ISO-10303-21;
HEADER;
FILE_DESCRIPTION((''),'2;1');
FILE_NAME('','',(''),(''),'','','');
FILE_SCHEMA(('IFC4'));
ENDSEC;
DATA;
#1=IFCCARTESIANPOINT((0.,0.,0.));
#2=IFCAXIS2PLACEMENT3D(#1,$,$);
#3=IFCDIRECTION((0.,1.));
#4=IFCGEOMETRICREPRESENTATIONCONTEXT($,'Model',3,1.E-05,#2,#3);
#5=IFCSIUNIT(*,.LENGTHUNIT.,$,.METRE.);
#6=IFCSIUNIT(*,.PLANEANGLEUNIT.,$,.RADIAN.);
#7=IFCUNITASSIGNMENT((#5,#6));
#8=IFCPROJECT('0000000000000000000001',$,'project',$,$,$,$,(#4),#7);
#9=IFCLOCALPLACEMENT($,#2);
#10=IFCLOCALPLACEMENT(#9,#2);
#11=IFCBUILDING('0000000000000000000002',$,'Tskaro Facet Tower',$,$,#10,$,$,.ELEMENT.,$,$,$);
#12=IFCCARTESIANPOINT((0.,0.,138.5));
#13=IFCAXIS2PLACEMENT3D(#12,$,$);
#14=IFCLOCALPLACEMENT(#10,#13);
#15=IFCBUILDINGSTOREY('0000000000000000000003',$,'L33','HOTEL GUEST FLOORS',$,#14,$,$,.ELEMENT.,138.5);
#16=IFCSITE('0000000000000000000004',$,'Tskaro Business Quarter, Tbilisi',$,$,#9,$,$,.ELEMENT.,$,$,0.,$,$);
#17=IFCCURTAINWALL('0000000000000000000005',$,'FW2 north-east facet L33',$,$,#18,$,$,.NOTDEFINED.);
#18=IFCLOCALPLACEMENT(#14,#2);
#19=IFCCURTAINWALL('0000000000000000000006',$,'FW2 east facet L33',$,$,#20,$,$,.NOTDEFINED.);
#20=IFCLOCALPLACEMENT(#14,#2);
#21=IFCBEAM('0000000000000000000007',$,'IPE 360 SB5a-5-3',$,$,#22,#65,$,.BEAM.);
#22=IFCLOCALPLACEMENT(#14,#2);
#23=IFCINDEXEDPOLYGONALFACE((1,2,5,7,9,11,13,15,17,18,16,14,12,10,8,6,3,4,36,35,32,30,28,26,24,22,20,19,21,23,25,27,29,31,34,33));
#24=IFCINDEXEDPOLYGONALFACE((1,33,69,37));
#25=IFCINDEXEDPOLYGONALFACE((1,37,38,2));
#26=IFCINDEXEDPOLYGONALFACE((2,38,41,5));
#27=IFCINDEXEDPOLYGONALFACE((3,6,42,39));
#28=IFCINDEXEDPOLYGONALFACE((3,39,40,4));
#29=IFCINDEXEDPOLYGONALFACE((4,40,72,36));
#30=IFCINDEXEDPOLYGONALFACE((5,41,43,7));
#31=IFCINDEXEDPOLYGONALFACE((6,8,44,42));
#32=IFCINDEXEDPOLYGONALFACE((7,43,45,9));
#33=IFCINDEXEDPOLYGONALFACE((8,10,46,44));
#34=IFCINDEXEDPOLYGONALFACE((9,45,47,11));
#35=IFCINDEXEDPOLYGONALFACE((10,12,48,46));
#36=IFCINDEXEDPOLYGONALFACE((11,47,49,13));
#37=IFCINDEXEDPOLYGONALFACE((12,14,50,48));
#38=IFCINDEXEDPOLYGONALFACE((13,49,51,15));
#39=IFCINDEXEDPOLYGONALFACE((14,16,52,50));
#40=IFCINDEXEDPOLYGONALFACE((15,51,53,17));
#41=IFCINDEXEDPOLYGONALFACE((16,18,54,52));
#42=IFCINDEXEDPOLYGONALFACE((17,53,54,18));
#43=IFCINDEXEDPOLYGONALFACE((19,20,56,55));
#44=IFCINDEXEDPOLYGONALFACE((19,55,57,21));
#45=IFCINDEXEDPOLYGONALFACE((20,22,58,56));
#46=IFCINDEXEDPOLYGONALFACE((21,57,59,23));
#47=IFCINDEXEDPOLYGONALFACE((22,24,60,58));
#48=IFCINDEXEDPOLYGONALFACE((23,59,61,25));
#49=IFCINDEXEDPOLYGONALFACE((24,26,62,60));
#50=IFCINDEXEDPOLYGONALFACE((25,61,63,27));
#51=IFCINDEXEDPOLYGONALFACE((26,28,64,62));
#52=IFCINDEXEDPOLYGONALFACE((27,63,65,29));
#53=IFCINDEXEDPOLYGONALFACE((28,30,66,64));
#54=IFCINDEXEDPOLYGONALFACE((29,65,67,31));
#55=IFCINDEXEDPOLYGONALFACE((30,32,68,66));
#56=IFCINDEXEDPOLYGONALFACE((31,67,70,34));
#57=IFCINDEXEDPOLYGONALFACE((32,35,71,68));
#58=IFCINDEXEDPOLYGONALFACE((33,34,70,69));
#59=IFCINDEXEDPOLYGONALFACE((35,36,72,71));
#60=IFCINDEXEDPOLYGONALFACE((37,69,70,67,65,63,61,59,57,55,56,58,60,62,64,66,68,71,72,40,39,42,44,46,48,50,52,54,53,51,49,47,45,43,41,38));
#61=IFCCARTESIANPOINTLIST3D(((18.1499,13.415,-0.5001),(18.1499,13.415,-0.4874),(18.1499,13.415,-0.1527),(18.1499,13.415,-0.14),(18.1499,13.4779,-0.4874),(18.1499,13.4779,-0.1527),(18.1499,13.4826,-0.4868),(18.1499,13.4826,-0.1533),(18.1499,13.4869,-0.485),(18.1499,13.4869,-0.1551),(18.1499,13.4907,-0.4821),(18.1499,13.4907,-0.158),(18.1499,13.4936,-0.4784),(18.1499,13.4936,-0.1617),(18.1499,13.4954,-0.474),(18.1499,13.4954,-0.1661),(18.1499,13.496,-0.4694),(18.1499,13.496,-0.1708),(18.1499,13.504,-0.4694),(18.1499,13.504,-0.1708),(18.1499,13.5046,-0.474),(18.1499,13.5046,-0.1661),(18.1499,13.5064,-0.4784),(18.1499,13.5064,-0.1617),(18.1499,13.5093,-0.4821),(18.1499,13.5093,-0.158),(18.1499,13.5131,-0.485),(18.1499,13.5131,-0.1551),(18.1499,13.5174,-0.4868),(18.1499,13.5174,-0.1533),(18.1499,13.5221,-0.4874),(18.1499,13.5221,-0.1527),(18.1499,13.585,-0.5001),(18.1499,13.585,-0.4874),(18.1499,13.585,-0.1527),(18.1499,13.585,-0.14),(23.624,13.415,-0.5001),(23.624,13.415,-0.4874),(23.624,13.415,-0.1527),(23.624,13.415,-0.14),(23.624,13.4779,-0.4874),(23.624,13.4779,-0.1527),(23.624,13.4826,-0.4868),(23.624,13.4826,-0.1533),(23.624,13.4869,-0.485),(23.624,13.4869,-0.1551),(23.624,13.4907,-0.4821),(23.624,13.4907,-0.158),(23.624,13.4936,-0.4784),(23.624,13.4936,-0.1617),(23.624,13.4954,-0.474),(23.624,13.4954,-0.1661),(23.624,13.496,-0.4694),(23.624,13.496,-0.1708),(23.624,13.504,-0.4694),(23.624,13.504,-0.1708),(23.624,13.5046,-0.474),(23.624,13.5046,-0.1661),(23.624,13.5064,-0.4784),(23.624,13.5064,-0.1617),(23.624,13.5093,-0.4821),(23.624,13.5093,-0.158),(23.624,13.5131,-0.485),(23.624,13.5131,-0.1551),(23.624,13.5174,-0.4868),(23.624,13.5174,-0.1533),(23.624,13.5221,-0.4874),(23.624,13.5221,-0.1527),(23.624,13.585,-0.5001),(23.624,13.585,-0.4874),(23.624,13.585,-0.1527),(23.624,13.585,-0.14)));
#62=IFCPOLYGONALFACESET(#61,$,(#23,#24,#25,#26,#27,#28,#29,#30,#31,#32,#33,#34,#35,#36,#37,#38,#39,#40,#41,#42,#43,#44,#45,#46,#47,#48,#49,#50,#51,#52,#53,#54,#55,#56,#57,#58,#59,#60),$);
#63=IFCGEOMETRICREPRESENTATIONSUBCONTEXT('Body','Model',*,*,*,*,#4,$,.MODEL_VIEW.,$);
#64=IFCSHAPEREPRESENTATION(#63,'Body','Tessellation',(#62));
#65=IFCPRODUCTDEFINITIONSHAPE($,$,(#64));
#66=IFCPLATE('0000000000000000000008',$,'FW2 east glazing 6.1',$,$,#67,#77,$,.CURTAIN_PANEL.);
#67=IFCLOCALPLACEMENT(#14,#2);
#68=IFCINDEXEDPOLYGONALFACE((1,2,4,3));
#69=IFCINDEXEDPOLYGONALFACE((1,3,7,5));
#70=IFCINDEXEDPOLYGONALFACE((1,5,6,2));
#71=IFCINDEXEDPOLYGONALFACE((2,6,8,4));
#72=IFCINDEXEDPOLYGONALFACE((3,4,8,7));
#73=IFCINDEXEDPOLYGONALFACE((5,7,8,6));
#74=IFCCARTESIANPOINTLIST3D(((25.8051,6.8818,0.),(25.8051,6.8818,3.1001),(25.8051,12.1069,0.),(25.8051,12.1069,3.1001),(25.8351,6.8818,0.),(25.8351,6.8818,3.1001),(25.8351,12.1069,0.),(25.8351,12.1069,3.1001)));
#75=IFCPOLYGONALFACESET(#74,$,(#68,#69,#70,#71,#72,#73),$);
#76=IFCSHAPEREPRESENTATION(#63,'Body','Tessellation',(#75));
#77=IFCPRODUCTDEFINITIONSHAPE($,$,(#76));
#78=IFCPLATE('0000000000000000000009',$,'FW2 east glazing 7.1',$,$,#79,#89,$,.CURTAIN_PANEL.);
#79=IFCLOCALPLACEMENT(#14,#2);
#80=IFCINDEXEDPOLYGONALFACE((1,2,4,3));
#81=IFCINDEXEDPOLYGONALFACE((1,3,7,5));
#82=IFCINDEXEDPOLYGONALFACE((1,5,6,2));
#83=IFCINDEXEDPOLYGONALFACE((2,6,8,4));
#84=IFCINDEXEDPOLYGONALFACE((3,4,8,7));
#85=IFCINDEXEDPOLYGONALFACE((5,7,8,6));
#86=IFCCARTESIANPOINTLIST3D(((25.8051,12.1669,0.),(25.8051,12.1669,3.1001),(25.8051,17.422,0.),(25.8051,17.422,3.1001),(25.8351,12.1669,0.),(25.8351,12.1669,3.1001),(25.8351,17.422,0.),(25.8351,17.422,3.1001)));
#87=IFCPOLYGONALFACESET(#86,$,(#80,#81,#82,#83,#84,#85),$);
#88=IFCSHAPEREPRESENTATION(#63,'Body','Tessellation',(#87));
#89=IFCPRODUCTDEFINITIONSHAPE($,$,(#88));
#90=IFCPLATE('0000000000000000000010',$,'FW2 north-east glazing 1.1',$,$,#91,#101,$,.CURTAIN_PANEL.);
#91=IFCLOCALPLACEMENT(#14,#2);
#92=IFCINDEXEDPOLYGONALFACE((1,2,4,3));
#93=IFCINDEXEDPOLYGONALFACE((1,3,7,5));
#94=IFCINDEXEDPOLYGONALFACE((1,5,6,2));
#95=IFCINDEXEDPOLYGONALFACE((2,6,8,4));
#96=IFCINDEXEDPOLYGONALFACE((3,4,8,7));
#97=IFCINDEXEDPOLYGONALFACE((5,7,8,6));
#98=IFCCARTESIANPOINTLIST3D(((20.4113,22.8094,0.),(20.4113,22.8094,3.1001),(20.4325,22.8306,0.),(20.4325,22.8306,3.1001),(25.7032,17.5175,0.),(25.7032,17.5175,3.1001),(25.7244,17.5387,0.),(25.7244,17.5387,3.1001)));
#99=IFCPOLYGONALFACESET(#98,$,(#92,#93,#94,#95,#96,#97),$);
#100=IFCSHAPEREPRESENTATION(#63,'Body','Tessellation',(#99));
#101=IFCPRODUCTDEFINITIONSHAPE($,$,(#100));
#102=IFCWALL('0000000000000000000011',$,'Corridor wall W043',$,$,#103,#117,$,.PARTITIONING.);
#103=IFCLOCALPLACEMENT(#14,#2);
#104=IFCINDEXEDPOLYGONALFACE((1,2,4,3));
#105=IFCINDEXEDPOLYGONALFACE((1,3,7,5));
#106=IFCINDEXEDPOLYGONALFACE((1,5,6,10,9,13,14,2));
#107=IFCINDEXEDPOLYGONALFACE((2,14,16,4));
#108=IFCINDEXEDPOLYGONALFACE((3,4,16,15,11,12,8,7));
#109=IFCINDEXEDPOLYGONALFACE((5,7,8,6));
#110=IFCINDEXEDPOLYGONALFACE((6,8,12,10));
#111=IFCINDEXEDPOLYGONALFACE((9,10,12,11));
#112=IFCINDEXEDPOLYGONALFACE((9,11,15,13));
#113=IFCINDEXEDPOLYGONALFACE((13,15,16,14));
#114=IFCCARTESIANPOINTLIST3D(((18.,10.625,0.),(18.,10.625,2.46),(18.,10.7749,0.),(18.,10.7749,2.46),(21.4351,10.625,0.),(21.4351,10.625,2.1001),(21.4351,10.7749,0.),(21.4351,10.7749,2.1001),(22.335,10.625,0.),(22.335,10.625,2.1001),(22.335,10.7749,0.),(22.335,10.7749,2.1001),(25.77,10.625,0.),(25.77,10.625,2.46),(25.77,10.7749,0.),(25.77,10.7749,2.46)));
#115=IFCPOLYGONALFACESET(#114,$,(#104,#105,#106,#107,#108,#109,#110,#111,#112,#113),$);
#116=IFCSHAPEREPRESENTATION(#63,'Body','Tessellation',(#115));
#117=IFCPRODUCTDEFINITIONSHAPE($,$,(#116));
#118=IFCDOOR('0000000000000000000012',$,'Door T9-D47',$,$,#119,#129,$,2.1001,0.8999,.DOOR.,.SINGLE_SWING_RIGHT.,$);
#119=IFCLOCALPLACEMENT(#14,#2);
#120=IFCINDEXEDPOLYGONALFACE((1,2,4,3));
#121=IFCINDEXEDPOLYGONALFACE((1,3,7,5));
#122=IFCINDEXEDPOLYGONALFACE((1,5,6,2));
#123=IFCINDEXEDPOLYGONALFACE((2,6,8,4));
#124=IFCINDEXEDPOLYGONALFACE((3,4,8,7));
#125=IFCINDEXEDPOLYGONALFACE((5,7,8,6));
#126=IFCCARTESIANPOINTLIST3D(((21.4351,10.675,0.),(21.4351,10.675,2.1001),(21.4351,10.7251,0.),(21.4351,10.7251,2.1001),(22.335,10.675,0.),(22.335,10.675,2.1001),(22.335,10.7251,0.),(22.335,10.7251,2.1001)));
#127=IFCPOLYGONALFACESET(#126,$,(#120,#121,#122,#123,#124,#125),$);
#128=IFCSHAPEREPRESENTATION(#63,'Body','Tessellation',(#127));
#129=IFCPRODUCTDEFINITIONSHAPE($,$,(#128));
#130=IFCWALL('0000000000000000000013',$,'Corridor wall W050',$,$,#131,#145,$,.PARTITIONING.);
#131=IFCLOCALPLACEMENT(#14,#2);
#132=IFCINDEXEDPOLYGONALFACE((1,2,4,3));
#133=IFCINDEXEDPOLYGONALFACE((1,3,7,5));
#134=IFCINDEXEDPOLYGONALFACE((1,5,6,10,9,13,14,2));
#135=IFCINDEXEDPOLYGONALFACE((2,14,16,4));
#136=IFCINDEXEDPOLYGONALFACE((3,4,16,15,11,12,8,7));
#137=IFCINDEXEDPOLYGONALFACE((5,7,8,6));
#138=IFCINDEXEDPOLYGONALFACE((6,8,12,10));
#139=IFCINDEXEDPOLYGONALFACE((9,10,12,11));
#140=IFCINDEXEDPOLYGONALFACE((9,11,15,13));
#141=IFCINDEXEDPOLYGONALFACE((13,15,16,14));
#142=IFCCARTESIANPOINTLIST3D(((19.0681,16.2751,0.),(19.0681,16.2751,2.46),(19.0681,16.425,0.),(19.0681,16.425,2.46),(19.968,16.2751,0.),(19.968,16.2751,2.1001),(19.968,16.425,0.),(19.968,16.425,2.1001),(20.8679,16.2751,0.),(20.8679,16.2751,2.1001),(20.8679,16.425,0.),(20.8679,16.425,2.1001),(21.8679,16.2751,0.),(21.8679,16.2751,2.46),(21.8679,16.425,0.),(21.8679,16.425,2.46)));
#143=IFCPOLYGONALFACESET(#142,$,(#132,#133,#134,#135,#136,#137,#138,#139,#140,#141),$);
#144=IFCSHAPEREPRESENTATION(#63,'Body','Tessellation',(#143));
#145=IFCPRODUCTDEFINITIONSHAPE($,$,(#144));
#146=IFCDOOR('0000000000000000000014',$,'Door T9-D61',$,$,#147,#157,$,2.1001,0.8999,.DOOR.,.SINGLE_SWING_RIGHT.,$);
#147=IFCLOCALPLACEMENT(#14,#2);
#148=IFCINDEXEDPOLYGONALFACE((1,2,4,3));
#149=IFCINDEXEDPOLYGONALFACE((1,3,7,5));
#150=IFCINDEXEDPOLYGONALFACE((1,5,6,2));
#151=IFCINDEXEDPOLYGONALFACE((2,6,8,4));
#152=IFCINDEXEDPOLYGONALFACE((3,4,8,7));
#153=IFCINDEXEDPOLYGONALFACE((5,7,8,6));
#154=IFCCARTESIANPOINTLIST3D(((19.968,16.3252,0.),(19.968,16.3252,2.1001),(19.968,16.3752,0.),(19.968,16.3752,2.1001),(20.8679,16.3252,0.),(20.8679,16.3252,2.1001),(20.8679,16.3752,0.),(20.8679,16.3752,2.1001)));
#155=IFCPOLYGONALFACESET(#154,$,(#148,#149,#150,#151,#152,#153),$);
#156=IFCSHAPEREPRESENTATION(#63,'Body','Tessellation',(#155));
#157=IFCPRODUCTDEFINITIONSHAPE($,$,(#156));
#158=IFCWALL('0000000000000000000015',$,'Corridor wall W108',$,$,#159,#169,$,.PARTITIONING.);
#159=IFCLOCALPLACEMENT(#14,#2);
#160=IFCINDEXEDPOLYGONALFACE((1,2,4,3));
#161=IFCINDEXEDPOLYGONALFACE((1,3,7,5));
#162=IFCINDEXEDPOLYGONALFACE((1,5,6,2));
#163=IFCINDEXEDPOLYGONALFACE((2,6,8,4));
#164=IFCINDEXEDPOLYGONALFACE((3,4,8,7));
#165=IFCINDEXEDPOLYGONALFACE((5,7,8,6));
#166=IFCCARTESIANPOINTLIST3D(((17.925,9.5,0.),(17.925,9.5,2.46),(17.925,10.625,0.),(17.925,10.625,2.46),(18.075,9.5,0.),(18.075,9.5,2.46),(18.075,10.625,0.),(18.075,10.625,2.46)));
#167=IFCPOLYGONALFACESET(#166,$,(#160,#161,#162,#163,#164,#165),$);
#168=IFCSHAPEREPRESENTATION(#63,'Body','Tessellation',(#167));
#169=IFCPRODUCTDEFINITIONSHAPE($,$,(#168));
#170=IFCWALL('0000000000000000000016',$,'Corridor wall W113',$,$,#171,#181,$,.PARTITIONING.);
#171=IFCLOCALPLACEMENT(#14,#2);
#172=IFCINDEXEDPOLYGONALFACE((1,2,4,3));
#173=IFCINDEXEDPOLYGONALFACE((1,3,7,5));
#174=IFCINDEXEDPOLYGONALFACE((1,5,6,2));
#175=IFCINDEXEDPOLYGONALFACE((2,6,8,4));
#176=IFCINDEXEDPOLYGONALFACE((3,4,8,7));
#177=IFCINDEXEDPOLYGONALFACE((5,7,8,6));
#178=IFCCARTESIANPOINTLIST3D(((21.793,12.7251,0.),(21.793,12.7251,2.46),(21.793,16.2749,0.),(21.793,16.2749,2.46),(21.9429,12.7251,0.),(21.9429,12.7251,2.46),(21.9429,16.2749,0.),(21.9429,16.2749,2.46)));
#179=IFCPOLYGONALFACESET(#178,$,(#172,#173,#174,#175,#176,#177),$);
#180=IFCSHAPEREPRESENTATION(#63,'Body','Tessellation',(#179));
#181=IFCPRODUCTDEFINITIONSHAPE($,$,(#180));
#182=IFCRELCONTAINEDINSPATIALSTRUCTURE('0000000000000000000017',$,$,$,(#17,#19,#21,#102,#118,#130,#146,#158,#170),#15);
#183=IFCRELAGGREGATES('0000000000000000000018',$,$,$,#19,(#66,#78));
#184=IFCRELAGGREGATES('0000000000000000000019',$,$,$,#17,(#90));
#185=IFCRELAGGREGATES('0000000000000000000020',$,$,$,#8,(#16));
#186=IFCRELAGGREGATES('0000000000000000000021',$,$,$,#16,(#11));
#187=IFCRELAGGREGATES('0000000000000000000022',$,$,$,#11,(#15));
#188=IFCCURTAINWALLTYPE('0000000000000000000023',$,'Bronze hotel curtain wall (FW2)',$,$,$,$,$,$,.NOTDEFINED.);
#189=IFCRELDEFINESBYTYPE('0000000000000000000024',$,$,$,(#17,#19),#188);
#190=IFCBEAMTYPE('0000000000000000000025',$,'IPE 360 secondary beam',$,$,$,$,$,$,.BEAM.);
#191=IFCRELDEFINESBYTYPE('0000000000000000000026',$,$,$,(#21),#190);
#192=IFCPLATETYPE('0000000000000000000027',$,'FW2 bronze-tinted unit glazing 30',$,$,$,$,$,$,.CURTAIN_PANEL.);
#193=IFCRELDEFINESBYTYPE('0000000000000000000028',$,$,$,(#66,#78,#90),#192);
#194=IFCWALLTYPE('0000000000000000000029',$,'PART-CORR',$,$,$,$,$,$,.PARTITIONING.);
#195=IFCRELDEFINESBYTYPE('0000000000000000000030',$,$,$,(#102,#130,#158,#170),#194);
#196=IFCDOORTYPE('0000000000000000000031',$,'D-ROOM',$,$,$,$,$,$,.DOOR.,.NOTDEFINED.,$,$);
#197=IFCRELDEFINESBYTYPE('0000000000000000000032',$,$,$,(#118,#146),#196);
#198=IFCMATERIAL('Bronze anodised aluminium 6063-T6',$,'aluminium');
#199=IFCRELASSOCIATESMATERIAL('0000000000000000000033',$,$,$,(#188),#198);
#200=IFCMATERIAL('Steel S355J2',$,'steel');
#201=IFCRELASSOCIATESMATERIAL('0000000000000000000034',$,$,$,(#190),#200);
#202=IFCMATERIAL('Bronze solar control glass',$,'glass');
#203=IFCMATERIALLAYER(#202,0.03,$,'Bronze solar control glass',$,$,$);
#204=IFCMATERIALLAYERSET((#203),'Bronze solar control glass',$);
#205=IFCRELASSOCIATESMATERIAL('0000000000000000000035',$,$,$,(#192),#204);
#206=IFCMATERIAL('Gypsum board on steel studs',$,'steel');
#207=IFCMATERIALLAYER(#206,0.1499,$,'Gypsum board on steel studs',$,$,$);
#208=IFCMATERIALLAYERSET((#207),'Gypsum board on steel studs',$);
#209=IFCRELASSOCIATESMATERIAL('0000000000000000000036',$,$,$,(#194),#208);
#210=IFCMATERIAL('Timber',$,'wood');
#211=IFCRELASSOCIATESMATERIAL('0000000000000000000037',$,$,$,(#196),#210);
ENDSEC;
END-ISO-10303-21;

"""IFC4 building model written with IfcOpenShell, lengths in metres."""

from ifc_helpers import new_model, si_unit, direction, frame, frame_2d, origin, origin_2d, place, context, subcontext, project, spatial, rectangle, i_section, extrude, material, layer, layer_set, material_profile, profile_set, type_object, element, fill, aggregate, save


model = new_model("IFC4")

# Units and contexts
model_context = context("Model", 3, precision=1e-05, world=origin(), true_north=direction((0.0, 1.0)))
body_context = subcontext(model_context, "Body", "Model", "MODEL_VIEW")
ifc_project = project(units=[si_unit("LENGTHUNIT", "METRE"), si_unit("PLANEANGLEUNIT", "RADIAN")], contexts=[model_context])

# Site, building, storey
site_placement = place(None, origin())
site = spatial("IfcSite", under=ifc_project, at=site_placement, Name="Tskaro Business Quarter, Tbilisi", CompositionType="ELEMENT", RefElevation=0.0)
building_placement = place(site_placement, origin())
building = spatial("IfcBuilding", under=site, at=building_placement, Name="Tskaro Facet Tower", CompositionType="ELEMENT")
storey_placement = place(building_placement, frame((0.0, 0.0, 138.5)))
storey = spatial("IfcBuildingStorey", under=building, at=storey_placement, Name="L33", Description="HOTEL GUEST FLOORS", CompositionType="ELEMENT", Elevation=138.5)

# Curtain wall
ifc_material_1 = material(Name="Bronze anodised aluminium 6063-T6", Category="aluminium")
curtain_wall_type = type_object("IfcCurtainWallType", Name="Bronze hotel curtain wall (FW2)", PredefinedType="NOTDEFINED", material=ifc_material_1)
curtain_wall_1_placement = place(storey_placement, origin())
curtain_wall_1 = element("IfcCurtainWall", 1, at=curtain_wall_1_placement, inside=storey, type_object=curtain_wall_type, Name="FW2 north-east facet L33", PredefinedType="NOTDEFINED")

# Curtain wall
curtain_wall_2_placement = place(storey_placement, origin())
curtain_wall_2 = element("IfcCurtainWall", 2, at=curtain_wall_2_placement, inside=storey, type_object=curtain_wall_type, Name="FW2 east facet L33", PredefinedType="NOTDEFINED")

# Beam
ifc_material_2 = material(Name="Steel S355J2", Category="steel")
ifc_material_profile_1 = material_profile(ifc_material_2, i_section(OverallWidth=0.1699, OverallDepth=0.3601, WebThickness=0.0081, FlangeThickness=0.0127, FilletRadius=0.0181, at=origin_2d()), Name="IPE 360")
ifc_profile_set_1 = profile_set([ifc_material_profile_1], Name="Steel S355J2")
beam_type_1 = type_object("IfcBeamType", Name="IPE 360 secondary beam", PredefinedType="BEAM", material=ifc_profile_set_1)
beam_1_placement = place(storey_placement, frame((18.1499, 13.5, -0.3201), z_axis=(1.0, 0.0, 0.0), x_axis=(0.0, 1.0, 0.0)))
element("IfcBeam", 3, at=beam_1_placement, inside=storey, type_object=beam_type_1, Name="IPE 360 SB5a-5-3", PredefinedType="BEAM", context=body_context, shape_type="SweptSolid", body=[
    extrude(i_section(OverallWidth=0.1699, OverallDepth=0.3601, WebThickness=0.0081, FlangeThickness=0.0127, FilletRadius=0.0181, at=origin_2d()), origin(), (0.0, 0.0, 1.0), 5.4741),
])

# Plates
ifc_material_3 = material(Name="Bronze solar control glass", Category="glass")
ifc_layer_1 = layer(ifc_material_3, 0.03, Name="Bronze solar control glass")
ifc_layer_set_1 = layer_set([ifc_layer_1], Name="Bronze solar control glass")
plate_type = type_object("IfcPlateType", Name="FW2 bronze-tinted unit glazing 30", PredefinedType="CURTAIN_PANEL", material=ifc_layer_set_1)
plate_1_placement = place(storey_placement, frame((25.8201, 9.4944, 0.0), z_axis=(0.0, 0.0, 1.0), x_axis=(0.0, 1.0, 0.0)))
plate_1 = element("IfcPlate", 4, at=plate_1_placement, type_object=plate_type, Name="FW2 east glazing 6.1", PredefinedType="CURTAIN_PANEL", context=body_context, shape_type="SweptSolid", body=[
    extrude(rectangle(XDim=5.2251, YDim=0.03, at=origin_2d()), origin(), (0.0, 0.0, 1.0), 3.1001),
])
plate_2_placement = place(storey_placement, frame((25.8201, 14.7944, 0.0), z_axis=(0.0, 0.0, 1.0), x_axis=(0.0, 1.0, 0.0)))
plate_2 = element("IfcPlate", 5, at=plate_2_placement, type_object=plate_type, Name="FW2 east glazing 7.1", PredefinedType="CURTAIN_PANEL", context=body_context, shape_type="SweptSolid", body=[
    extrude(rectangle(XDim=5.2551, YDim=0.03, at=origin_2d()), origin(), (0.0, 0.0, 1.0), 3.1001),
])
aggregate(curtain_wall_2, [plate_1, plate_2])
plate_3_placement = place(storey_placement, frame((23.0679, 20.1741, 0.0), z_axis=(0.0, 0.0, 1.0), x_axis=(-0.707107, 0.707107, 0.0)))
plate_3 = element("IfcPlate", 6, at=plate_3_placement, type_object=plate_type, Name="FW2 north-east glazing 1.1", PredefinedType="CURTAIN_PANEL", context=body_context, shape_type="SweptSolid", body=[
    extrude(rectangle(XDim=7.4839, YDim=0.03, at=origin_2d()), origin(), (0.0, 0.0, 1.0), 3.1001),
])
aggregate(curtain_wall_1, [plate_3])

# Walls, openings, doors
ifc_material_4 = material(Name="Gypsum board on steel studs", Category="steel")
ifc_layer_2 = layer(ifc_material_4, 0.1499, Name="Gypsum board on steel studs")
ifc_layer_set_2 = layer_set([ifc_layer_2], Name="Gypsum board on steel studs")
wall_type_1 = type_object("IfcWallType", Name="PART-CORR", PredefinedType="PARTITIONING", material=ifc_layer_set_2)
wall_1_placement = place(storey_placement, frame((25.77, 10.7, 0.0), z_axis=(0.0, 0.0, 1.0), x_axis=(-1.0, 0.0, 0.0)))
wall_1 = element("IfcWall", 7, at=wall_1_placement, inside=storey, type_object=wall_type_1, Name="Corridor wall W043", PredefinedType="PARTITIONING", context=body_context, shape_type="SweptSolid", body=[
    extrude(rectangle(XDim=7.77, YDim=0.1499, at=frame_2d((3.885, 0.0))), origin(), (0.0, 0.0, 1.0), 2.46),
])
opening_1_placement = place(wall_1_placement, frame((3.4351, 0.0, 0.0)))
opening_1 = element("IfcOpeningElement", 8, at=opening_1_placement, cuts=wall_1, PredefinedType="OPENING", context=body_context, shape_type="SweptSolid", body=[
    extrude(rectangle(XDim=0.8999, YDim=2.1001, at=frame_2d((0.45, 1.05))), frame((0.0, 0.085, 0.0), z_axis=(0.0, -1.0, 0.0), x_axis=(1.0, 0.0, 0.0)), (0.0, 0.0, 1.0), 0.1699),
])
ifc_material_5 = material(Name="Timber", Category="wood")
door_type = type_object("IfcDoorType", Name="D-ROOM", OperationType="NOTDEFINED", PredefinedType="DOOR", material=ifc_material_5)
door_1_placement = place(opening_1_placement, origin())
door_1 = element("IfcDoor", 9, at=door_1_placement, inside=storey, type_object=door_type, Name="Door T9-D47", OperationType="SINGLE_SWING_RIGHT", OverallHeight=2.1001, OverallWidth=0.8999, PredefinedType="DOOR", context=body_context, shape_type="SweptSolid", body=[
    extrude(rectangle(XDim=0.8999, YDim=2.1001, at=frame_2d((0.45, 1.05))), frame((0.0, 0.0249, 0.0), z_axis=(0.0, -1.0, 0.0), x_axis=(1.0, 0.0, 0.0)), (0.0, 0.0, 1.0), 0.05),
])
fill(opening_1, door_1)
wall_2_placement = place(storey_placement, frame((21.8679, 16.3501, 0.0), z_axis=(0.0, 0.0, 1.0), x_axis=(-1.0, 0.0, 0.0)))
wall_2 = element("IfcWall", 10, at=wall_2_placement, inside=storey, type_object=wall_type_1, Name="Corridor wall W050", PredefinedType="PARTITIONING", context=body_context, shape_type="SweptSolid", body=[
    extrude(rectangle(XDim=2.7998, YDim=0.1499, at=frame_2d((1.3999, 0.0))), origin(), (0.0, 0.0, 1.0), 2.46),
])
opening_2_placement = place(wall_2_placement, frame((1.0, 0.0, 0.0)))
opening_2 = element("IfcOpeningElement", 11, at=opening_2_placement, cuts=wall_2, PredefinedType="OPENING", context=body_context, shape_type="SweptSolid", body=[
    extrude(rectangle(XDim=0.8999, YDim=2.1001, at=frame_2d((0.45, 1.05))), frame((0.0, 0.085, 0.0), z_axis=(0.0, -1.0, 0.0), x_axis=(1.0, 0.0, 0.0)), (0.0, 0.0, 1.0), 0.1699),
])
door_2_placement = place(opening_2_placement, origin())
door_2 = element("IfcDoor", 12, at=door_2_placement, inside=storey, type_object=door_type, Name="Door T9-D61", OperationType="SINGLE_SWING_RIGHT", OverallHeight=2.1001, OverallWidth=0.8999, PredefinedType="DOOR", context=body_context, shape_type="SweptSolid", body=[
    extrude(rectangle(XDim=0.8999, YDim=2.1001, at=frame_2d((0.45, 1.05))), frame((0.0, 0.0249, 0.0), z_axis=(0.0, -1.0, 0.0), x_axis=(1.0, 0.0, 0.0)), (0.0, 0.0, 1.0), 0.05),
])
fill(opening_2, door_2)

# Walls
wall_3_placement = place(storey_placement, frame((18.0, 9.5, 0.0), z_axis=(0.0, 0.0, 1.0), x_axis=(0.0, 1.0, 0.0)))
element("IfcWall", 13, at=wall_3_placement, inside=storey, type_object=wall_type_1, Name="Corridor wall W108", PredefinedType="PARTITIONING", context=body_context, shape_type="SweptSolid", body=[
    extrude(rectangle(XDim=1.125, YDim=0.1499, at=frame_2d((0.5625, 0.0))), origin(), (0.0, 0.0, 1.0), 2.46),
])
wall_4_placement = place(storey_placement, frame((21.8679, 12.7251, 0.0), z_axis=(0.0, 0.0, 1.0), x_axis=(0.0, 1.0, 0.0)))
element("IfcWall", 14, at=wall_4_placement, inside=storey, type_object=wall_type_1, Name="Corridor wall W113", PredefinedType="PARTITIONING", context=body_context, shape_type="SweptSolid", body=[
    extrude(rectangle(XDim=3.5498, YDim=0.1499, at=frame_2d((1.7749, 0.0))), origin(), (0.0, 0.0, 1.0), 2.46),
])

save(model, "model.ifc")
